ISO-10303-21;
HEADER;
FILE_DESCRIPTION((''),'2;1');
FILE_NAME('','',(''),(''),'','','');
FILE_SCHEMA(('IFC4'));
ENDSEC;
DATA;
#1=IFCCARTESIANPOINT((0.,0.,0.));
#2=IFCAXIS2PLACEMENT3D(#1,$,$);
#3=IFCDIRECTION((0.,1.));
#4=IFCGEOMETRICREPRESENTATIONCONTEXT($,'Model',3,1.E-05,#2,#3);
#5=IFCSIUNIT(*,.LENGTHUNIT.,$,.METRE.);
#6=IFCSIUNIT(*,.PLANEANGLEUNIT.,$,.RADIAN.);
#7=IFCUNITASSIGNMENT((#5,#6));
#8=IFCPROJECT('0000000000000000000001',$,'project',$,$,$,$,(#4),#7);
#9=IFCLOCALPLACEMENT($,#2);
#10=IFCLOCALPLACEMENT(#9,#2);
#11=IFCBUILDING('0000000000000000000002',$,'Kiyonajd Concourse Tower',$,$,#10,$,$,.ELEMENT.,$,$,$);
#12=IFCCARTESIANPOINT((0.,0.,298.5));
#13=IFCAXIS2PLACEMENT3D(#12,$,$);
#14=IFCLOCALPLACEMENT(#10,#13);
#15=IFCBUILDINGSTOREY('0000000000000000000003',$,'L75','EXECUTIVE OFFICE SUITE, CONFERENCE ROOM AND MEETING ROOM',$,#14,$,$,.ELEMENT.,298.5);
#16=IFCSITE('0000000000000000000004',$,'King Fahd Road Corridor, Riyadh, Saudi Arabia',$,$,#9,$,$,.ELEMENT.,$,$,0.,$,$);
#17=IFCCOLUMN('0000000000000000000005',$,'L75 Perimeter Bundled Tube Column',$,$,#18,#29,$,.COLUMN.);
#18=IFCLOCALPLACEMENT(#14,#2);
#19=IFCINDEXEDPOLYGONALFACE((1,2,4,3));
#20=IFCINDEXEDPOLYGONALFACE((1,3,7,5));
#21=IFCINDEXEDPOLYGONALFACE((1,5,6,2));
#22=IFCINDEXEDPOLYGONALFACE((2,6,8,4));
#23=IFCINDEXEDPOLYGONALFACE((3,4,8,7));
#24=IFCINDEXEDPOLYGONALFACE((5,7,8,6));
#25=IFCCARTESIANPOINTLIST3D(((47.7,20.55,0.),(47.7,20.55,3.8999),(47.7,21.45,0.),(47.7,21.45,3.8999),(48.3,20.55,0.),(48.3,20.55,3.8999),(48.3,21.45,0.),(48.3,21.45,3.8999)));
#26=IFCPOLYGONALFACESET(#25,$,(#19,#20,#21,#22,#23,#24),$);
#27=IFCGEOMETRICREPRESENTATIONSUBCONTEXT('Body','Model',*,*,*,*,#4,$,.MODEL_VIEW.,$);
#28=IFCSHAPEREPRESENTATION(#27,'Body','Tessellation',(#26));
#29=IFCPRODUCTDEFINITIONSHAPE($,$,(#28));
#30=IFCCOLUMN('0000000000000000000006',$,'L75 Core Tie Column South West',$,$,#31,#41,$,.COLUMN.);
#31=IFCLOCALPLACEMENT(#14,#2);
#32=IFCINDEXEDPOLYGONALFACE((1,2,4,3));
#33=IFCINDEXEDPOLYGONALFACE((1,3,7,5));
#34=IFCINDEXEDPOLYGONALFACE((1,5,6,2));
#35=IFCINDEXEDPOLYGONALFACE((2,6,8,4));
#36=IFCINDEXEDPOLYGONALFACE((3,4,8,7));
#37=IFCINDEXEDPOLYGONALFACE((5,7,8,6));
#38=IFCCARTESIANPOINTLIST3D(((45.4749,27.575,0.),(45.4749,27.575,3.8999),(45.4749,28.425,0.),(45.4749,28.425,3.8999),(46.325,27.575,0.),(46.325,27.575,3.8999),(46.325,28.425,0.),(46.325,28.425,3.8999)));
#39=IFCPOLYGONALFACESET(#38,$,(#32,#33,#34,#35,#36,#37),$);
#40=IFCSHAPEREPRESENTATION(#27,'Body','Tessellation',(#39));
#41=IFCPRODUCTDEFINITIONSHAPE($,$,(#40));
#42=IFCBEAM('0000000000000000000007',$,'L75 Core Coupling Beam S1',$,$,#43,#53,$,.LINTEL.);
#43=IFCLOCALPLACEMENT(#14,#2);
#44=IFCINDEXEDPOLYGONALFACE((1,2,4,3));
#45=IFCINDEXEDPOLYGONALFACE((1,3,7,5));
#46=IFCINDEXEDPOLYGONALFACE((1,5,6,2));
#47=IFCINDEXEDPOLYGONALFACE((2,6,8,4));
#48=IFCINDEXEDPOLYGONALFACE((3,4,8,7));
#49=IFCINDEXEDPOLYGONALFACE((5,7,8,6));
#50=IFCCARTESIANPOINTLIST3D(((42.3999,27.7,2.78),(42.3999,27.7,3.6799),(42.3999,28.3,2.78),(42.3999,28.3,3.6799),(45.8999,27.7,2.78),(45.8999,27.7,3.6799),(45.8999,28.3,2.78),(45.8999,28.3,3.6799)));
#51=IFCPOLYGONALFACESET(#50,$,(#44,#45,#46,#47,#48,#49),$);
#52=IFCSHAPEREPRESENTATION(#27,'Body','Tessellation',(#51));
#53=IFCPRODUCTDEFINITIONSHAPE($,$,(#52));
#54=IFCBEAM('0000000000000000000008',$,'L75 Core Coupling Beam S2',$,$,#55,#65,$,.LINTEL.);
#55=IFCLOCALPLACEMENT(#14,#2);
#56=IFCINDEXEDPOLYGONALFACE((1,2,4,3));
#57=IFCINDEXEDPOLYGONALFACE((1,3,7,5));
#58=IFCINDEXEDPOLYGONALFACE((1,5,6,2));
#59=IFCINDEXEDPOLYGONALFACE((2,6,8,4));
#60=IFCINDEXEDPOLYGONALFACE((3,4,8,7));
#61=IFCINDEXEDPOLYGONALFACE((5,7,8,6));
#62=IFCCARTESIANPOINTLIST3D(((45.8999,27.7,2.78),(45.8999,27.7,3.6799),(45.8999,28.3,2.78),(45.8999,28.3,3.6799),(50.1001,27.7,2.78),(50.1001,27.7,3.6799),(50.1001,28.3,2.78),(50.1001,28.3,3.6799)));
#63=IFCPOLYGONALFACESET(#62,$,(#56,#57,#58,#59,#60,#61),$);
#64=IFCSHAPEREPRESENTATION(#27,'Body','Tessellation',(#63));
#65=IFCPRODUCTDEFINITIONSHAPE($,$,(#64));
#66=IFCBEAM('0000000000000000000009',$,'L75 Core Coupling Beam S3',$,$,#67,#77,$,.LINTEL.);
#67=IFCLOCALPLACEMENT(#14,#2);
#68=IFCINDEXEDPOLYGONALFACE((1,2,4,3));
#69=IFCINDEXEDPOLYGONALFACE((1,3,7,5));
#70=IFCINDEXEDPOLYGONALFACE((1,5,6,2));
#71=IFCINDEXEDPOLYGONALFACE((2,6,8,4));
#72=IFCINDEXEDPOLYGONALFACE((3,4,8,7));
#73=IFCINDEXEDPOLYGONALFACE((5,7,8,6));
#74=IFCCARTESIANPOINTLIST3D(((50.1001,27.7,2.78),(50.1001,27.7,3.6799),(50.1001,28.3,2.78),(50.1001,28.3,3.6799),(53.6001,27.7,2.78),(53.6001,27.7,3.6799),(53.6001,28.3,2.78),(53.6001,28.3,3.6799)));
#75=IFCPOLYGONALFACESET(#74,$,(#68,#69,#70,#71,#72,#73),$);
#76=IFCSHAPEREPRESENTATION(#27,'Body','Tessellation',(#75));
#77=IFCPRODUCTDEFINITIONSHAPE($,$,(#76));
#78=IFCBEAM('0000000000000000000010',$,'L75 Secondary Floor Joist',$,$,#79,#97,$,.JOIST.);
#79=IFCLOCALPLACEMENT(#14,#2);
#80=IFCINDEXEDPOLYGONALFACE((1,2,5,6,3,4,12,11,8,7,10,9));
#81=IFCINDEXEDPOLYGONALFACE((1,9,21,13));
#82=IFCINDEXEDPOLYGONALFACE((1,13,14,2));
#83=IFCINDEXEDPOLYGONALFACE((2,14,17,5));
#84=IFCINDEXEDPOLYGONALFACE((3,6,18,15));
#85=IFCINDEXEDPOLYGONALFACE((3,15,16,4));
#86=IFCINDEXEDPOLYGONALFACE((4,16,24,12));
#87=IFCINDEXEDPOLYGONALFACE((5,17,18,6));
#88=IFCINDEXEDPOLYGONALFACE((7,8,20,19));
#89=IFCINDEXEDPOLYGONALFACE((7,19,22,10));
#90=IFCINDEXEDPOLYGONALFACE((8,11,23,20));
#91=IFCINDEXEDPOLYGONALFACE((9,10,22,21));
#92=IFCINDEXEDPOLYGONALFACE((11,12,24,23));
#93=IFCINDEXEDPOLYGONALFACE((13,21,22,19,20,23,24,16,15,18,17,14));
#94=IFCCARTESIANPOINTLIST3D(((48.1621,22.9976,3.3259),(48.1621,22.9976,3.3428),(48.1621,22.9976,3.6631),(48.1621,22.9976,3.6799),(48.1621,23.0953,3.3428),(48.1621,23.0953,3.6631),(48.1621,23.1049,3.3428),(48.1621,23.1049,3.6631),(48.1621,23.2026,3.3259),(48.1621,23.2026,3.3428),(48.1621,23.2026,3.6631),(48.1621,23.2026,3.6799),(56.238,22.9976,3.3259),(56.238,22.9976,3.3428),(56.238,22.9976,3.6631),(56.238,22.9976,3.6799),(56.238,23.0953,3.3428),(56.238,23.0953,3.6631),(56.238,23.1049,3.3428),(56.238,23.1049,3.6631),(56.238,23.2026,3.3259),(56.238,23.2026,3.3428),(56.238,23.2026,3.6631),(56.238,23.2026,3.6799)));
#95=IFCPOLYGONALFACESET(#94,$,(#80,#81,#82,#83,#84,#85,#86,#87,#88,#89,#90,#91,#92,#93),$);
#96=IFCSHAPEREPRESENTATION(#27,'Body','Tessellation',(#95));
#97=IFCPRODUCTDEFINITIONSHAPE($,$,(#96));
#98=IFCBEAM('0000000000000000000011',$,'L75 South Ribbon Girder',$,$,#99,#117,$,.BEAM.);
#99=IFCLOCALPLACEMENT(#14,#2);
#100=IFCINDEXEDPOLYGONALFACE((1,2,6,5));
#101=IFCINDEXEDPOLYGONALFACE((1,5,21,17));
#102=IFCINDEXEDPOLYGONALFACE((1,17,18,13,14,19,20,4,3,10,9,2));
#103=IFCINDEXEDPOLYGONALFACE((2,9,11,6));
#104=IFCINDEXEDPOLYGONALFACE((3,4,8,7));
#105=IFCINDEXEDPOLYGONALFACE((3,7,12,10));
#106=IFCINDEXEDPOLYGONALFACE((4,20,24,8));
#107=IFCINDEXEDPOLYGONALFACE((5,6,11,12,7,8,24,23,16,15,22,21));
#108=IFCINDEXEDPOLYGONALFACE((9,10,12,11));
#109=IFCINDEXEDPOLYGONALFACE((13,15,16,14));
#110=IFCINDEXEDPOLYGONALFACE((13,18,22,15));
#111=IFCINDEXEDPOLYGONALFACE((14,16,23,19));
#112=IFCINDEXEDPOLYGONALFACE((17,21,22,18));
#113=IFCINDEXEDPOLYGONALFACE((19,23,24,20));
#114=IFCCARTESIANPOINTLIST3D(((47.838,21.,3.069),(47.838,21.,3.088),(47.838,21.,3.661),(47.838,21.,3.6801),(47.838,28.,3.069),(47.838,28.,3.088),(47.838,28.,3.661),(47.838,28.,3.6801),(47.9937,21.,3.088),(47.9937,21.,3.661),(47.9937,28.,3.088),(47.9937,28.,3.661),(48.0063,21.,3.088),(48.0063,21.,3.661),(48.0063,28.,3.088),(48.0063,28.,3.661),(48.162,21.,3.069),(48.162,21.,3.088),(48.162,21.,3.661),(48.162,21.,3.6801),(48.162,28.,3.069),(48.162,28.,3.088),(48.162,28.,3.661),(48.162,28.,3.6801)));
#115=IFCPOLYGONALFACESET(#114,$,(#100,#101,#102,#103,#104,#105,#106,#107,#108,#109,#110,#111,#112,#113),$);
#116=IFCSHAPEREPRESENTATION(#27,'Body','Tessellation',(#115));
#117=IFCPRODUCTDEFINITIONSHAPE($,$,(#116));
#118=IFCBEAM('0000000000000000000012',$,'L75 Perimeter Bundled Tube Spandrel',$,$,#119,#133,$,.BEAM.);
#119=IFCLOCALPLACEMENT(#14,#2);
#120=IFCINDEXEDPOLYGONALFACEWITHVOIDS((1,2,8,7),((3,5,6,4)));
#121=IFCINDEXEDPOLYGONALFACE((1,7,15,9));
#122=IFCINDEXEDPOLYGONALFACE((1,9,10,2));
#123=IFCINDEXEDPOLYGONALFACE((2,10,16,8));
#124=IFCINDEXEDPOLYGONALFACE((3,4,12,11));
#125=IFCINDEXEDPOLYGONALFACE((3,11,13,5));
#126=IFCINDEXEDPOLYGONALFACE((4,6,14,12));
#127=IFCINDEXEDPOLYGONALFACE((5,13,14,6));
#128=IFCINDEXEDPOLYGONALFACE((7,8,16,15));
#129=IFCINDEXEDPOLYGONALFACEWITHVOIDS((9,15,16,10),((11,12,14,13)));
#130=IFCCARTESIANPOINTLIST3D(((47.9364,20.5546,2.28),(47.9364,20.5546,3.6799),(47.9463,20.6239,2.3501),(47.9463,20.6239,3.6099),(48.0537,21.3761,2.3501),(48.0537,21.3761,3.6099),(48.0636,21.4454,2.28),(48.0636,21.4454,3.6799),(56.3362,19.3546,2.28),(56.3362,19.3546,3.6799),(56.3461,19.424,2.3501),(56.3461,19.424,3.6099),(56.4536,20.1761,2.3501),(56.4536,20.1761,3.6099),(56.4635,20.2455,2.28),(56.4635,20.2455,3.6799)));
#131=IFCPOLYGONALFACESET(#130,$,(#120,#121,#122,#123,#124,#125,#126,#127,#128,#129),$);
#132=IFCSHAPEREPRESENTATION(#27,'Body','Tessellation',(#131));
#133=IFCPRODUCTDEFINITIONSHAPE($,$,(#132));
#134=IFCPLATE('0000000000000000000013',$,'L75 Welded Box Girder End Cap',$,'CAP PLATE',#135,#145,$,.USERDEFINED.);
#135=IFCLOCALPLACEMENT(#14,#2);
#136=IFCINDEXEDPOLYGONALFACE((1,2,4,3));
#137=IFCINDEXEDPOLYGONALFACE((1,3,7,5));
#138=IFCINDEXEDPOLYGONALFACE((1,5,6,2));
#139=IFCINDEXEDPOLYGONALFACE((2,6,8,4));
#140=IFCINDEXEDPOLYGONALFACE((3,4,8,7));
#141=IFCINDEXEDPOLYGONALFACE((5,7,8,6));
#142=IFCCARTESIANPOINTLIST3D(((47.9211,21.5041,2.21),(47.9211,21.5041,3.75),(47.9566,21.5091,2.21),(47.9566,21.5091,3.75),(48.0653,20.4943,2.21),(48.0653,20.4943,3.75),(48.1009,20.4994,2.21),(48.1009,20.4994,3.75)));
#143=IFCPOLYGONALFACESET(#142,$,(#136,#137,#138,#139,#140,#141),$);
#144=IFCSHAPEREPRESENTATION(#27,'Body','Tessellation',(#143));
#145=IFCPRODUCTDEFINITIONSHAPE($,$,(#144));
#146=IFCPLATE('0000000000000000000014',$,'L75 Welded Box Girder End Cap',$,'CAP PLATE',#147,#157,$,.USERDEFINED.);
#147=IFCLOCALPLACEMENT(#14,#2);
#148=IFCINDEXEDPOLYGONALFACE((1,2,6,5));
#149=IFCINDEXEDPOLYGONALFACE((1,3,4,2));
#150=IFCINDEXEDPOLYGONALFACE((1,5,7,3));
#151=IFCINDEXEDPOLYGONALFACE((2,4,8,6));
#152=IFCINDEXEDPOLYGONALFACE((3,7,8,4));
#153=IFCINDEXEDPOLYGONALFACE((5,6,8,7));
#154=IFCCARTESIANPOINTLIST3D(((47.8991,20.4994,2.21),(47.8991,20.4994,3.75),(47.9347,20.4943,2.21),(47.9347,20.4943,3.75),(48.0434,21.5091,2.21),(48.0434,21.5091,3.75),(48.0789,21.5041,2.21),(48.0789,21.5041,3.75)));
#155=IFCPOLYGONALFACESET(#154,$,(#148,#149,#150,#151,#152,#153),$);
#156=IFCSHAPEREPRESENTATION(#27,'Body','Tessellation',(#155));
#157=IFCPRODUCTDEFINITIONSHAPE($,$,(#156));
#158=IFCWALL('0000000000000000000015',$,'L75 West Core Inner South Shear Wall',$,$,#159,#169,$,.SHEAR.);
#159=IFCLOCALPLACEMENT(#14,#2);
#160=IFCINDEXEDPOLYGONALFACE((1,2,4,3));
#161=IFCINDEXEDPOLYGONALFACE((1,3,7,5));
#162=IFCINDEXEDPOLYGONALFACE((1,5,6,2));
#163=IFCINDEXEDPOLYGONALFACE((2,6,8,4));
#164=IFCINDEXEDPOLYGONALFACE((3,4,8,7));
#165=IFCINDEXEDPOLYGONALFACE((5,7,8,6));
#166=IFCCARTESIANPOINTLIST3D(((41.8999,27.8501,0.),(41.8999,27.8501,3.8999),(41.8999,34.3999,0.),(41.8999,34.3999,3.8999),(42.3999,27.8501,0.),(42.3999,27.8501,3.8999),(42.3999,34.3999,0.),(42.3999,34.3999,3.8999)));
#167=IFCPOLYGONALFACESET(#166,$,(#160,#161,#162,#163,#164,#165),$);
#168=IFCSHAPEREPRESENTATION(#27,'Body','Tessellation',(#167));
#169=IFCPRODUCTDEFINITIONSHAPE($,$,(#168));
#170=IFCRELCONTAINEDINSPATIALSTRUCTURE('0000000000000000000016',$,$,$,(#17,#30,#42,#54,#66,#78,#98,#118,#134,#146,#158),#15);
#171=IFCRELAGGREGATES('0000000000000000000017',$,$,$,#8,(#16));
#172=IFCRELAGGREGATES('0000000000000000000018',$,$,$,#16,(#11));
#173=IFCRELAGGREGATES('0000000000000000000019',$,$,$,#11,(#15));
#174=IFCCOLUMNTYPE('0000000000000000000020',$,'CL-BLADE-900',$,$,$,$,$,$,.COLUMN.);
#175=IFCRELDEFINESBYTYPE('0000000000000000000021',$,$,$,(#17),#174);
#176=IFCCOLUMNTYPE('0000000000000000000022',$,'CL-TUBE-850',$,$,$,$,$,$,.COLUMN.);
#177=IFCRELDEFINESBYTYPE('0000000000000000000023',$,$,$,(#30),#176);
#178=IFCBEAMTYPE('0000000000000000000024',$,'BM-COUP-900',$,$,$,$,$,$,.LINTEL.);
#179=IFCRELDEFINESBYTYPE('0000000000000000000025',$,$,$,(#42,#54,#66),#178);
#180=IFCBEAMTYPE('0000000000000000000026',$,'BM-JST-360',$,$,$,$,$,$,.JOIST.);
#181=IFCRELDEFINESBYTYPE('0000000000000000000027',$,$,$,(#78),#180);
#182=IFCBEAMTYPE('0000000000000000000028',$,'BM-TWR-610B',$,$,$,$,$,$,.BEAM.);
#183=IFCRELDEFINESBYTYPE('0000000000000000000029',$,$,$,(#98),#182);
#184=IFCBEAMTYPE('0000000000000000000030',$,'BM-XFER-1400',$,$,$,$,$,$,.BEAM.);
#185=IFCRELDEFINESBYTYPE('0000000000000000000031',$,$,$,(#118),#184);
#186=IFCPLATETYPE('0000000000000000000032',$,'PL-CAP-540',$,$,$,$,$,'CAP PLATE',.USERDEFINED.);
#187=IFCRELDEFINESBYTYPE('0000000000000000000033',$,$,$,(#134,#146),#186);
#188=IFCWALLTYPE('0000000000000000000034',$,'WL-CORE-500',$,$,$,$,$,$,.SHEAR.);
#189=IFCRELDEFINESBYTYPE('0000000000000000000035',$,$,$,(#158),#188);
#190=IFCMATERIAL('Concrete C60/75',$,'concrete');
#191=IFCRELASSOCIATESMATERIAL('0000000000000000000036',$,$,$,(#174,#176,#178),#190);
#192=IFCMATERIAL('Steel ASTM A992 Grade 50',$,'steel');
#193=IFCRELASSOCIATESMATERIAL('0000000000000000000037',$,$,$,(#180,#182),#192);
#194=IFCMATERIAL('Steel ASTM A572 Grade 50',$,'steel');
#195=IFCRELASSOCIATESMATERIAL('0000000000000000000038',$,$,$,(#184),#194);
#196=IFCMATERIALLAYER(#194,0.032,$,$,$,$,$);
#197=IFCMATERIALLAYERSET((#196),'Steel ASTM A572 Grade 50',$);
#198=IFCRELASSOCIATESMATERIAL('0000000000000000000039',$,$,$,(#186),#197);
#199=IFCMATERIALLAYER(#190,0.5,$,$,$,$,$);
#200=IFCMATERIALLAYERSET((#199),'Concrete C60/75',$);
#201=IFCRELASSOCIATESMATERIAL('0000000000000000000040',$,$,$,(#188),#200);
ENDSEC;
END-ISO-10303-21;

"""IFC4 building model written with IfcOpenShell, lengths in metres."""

from ifc_helpers import new_model, si_unit, direction, frame, frame_2d, origin, origin_2d, place, context, subcontext, project, spatial, rectangle, hollow_rectangle, i_section, extrude, material, layer, layer_set, material_profile, profile_set, type_object, element, save


model = new_model("IFC4")

# Units and contexts
model_context = context("Model", 3, precision=1e-05, world=origin(), true_north=direction((0.0, 1.0)))
body_context = subcontext(model_context, "Body", "Model", "MODEL_VIEW")
ifc_project = project(units=[si_unit("LENGTHUNIT", "METRE"), si_unit("PLANEANGLEUNIT", "RADIAN")], contexts=[model_context])

# Site, building, storey
site_placement = place(None, origin())
site = spatial("IfcSite", under=ifc_project, at=site_placement, Name="King Fahd Road Corridor, Riyadh, Saudi Arabia", CompositionType="ELEMENT", RefElevation=0.0)
building_placement = place(site_placement, origin())
building = spatial("IfcBuilding", under=site, at=building_placement, Name="Kiyonajd Concourse Tower", CompositionType="ELEMENT")
storey_placement = place(building_placement, frame((0.0, 0.0, 298.5)))
storey = spatial("IfcBuildingStorey", under=building, at=storey_placement, Name="L75", Description="EXECUTIVE OFFICE SUITE, CONFERENCE ROOM AND MEETING ROOM", CompositionType="ELEMENT", Elevation=298.5)

# Columns
ifc_material_1 = material(Name="Concrete C60/75", Category="concrete")
ifc_material_profile_1 = material_profile(ifc_material_1, rectangle(XDim=0.6001, YDim=0.8999, at=origin_2d()), Name="RC-900x600")
ifc_profile_set_1 = profile_set([ifc_material_profile_1], Name="Concrete C60/75")
column_type_1 = type_object("IfcColumnType", Name="CL-BLADE-900", PredefinedType="COLUMN", material=ifc_profile_set_1)
column_1_placement = place(storey_placement, frame((48.0, 21.0, 0.0), z_axis=(0.0, 0.0, 1.0), x_axis=(1.0, 0.0, 0.0)))
element("IfcColumn", 1, at=column_1_placement, inside=storey, type_object=column_type_1, Name="L75 Perimeter Bundled Tube Column", PredefinedType="COLUMN", context=body_context, shape_type="SweptSolid", body=[
    extrude(rectangle(XDim=0.6001, YDim=0.8999, at=origin_2d()), origin(), (0.0, 0.0, 1.0), 3.8999),
])
ifc_material_profile_2 = material_profile(ifc_material_1, rectangle(XDim=0.8501, YDim=0.8501, at=origin_2d()), Name="RC-850x850")
ifc_profile_set_2 = profile_set([ifc_material_profile_2], Name="Concrete C60/75")
column_type_2 = type_object("IfcColumnType", Name="CL-TUBE-850", PredefinedType="COLUMN", material=ifc_profile_set_2)
column_2_placement = place(storey_placement, frame((45.8999, 28.0, 0.0), z_axis=(0.0, 0.0, 1.0), x_axis=(1.0, 0.0, 0.0)))
element("IfcColumn", 2, at=column_2_placement, inside=storey, type_object=column_type_2, Name="L75 Core Tie Column South West", PredefinedType="COLUMN", context=body_context, shape_type="SweptSolid", body=[
    extrude(rectangle(XDim=0.8501, YDim=0.8501, at=origin_2d()), origin(), (0.0, 0.0, 1.0), 3.8999),
])

# Beams
ifc_material_profile_3 = material_profile(ifc_material_1, rectangle(XDim=0.6001, YDim=0.8999, at=origin_2d()), Name="RCBM-600x900")
ifc_profile_set_3 = profile_set([ifc_material_profile_3], Name="Concrete C60/75")
beam_type_1 = type_object("IfcBeamType", Name="BM-COUP-900", PredefinedType="LINTEL", material=ifc_profile_set_3)
beam_1_placement = place(storey_placement, frame((42.3999, 28.0, 3.23), z_axis=(1.0, 0.0, 0.0), x_axis=(0.0, 1.0, 0.0)))
element("IfcBeam", 3, at=beam_1_placement, inside=storey, type_object=beam_type_1, Name="L75 Core Coupling Beam S1", PredefinedType="LINTEL", context=body_context, shape_type="SweptSolid", body=[
    extrude(rectangle(XDim=0.6001, YDim=0.8999, at=origin_2d()), origin(), (0.0, 0.0, 1.0), 3.5),
])
beam_2_placement = place(storey_placement, frame((45.8999, 28.0, 3.23), z_axis=(1.0, 0.0, 0.0), x_axis=(0.0, 1.0, 0.0)))
element("IfcBeam", 4, at=beam_2_placement, inside=storey, type_object=beam_type_1, Name="L75 Core Coupling Beam S2", PredefinedType="LINTEL", context=body_context, shape_type="SweptSolid", body=[
    extrude(rectangle(XDim=0.6001, YDim=0.8999, at=origin_2d()), origin(), (0.0, 0.0, 1.0), 4.2002),
])
beam_3_placement = place(storey_placement, frame((50.1001, 28.0, 3.23), z_axis=(1.0, 0.0, 0.0), x_axis=(0.0, 1.0, 0.0)))
element("IfcBeam", 5, at=beam_3_placement, inside=storey, type_object=beam_type_1, Name="L75 Core Coupling Beam S3", PredefinedType="LINTEL", context=body_context, shape_type="SweptSolid", body=[
    extrude(rectangle(XDim=0.6001, YDim=0.8999, at=origin_2d()), origin(), (0.0, 0.0, 1.0), 3.5),
])
ifc_material_2 = material(Name="Steel ASTM A992 Grade 50", Category="steel")
ifc_material_profile_4 = material_profile(ifc_material_2, i_section(OverallWidth=0.2051, OverallDepth=0.354, WebThickness=0.0095, FlangeThickness=0.0168, at=origin_2d()), Name="W360X79")
ifc_profile_set_4 = profile_set([ifc_material_profile_4], Name="Steel ASTM A992 Grade 50")
beam_type_2 = type_object("IfcBeamType", Name="BM-JST-360", PredefinedType="JOIST", material=ifc_profile_set_4)
beam_4_placement = place(storey_placement, frame((48.1621, 23.1001, 3.5029), z_axis=(1.0, 0.0, 0.0), x_axis=(0.0, 1.0, 0.0)))
element("IfcBeam", 6, at=beam_4_placement, inside=storey, type_object=beam_type_2, Name="L75 Secondary Floor Joist", PredefinedType="JOIST", context=body_context, shape_type="SweptSolid", body=[
    extrude(i_section(OverallWidth=0.2051, OverallDepth=0.354, WebThickness=0.0095, FlangeThickness=0.0168, at=origin_2d()), origin(), (0.0, 0.0, 1.0), 8.0759),
])
ifc_material_profile_5 = material_profile(ifc_material_2, i_section(OverallWidth=0.324, OverallDepth=0.6111, WebThickness=0.0127, FlangeThickness=0.019, at=origin_2d()), Name="W610X155")
ifc_profile_set_5 = profile_set([ifc_material_profile_5], Name="Steel ASTM A992 Grade 50")
beam_type_3 = type_object("IfcBeamType", Name="BM-TWR-610B", PredefinedType="BEAM", material=ifc_profile_set_5)
beam_5_placement = place(storey_placement, frame((48.0, 21.0, 3.3745), z_axis=(0.0, 1.0, 0.0), x_axis=(-1.0, 0.0, 0.0)))
element("IfcBeam", 7, at=beam_5_placement, inside=storey, type_object=beam_type_3, Name="L75 South Ribbon Girder", PredefinedType="BEAM", context=body_context, shape_type="SweptSolid", body=[
    extrude(i_section(OverallWidth=0.324, OverallDepth=0.6111, WebThickness=0.0127, FlangeThickness=0.019, at=origin_2d()), origin(), (0.0, 0.0, 1.0), 7.0),
])
ifc_material_3 = material(Name="Steel ASTM A572 Grade 50", Category="steel")
ifc_material_profile_6 = material_profile(ifc_material_3, hollow_rectangle(XDim=0.8999, YDim=1.3999, WallThickness=0.0701, at=origin_2d()), Name="BOX-1400x900x70")
ifc_profile_set_6 = profile_set([ifc_material_profile_6], Name="Steel ASTM A572 Grade 50")
beam_type_4 = type_object("IfcBeamType", Name="BM-XFER-1400", PredefinedType="BEAM", material=ifc_profile_set_6)
beam_6_placement = place(storey_placement, frame((48.0, 21.0, 2.98), z_axis=(0.98995, -0.141417, 0.0), x_axis=(0.141417, 0.98995, 0.0)))
element("IfcBeam", 8, at=beam_6_placement, inside=storey, type_object=beam_type_4, Name="L75 Perimeter Bundled Tube Spandrel", PredefinedType="BEAM", context=body_context, shape_type="SweptSolid", body=[
    extrude(hollow_rectangle(XDim=0.8999, YDim=1.3999, WallThickness=0.0701, at=origin_2d()), origin(), (0.0, 0.0, 1.0), 8.4851),
])

# Plates
ifc_layer_1 = layer(ifc_material_3, 0.032)
ifc_layer_set_1 = layer_set([ifc_layer_1], Name="Steel ASTM A572 Grade 50")
plate_type = type_object("IfcPlateType", Name="PL-CAP-540", ElementType="CAP PLATE", PredefinedType="USERDEFINED", material=ifc_layer_set_1)
for number, where, z_axis, x_axis, name in (
    (9, (48.011, 21.0017, 2.21), (0.0, 0.0, 1.0), (0.98995, 0.14142, 0.0), "L75 Welded Box Girder End Cap"),
    (10, (47.989, 21.0017, 2.21), (0.0, 0.0, 1.0), (-0.98995, 0.14142, 0.0), "L75 Welded Box Girder End Cap"),
):
    element("IfcPlate", number, at=place(storey_placement, frame(where, z_axis=z_axis, x_axis=x_axis)), inside=storey, type_object=plate_type, Name=name, ObjectType="CAP PLATE", PredefinedType="USERDEFINED", context=body_context, shape_type="SweptSolid", body=[
        extrude(rectangle(XDim=0.0359, YDim=1.02, at=origin_2d()), origin(), (0.0, 0.0, 1.0), 1.54),
    ])

# Wall
ifc_layer_2 = layer(ifc_material_1, 0.5)
ifc_layer_set_2 = layer_set([ifc_layer_2], Name="Concrete C60/75")
wall_type_1 = type_object("IfcWallType", Name="WL-CORE-500", PredefinedType="SHEAR", material=ifc_layer_set_2)
wall_1_placement = place(storey_placement, frame((42.1499, 27.8501, 0.0), z_axis=(0.0, 0.0, 1.0), x_axis=(0.0, 1.0, 0.0)))
element("IfcWall", 11, at=wall_1_placement, inside=storey, type_object=wall_type_1, Name="L75 West Core Inner South Shear Wall", PredefinedType="SHEAR", context=body_context, shape_type="SweptSolid", body=[
    extrude(rectangle(XDim=6.5498, YDim=0.5, at=frame_2d((3.2749, 0.0))), origin(), (0.0, 0.0, 1.0), 3.8999),
])

save(model, "model.ifc")
